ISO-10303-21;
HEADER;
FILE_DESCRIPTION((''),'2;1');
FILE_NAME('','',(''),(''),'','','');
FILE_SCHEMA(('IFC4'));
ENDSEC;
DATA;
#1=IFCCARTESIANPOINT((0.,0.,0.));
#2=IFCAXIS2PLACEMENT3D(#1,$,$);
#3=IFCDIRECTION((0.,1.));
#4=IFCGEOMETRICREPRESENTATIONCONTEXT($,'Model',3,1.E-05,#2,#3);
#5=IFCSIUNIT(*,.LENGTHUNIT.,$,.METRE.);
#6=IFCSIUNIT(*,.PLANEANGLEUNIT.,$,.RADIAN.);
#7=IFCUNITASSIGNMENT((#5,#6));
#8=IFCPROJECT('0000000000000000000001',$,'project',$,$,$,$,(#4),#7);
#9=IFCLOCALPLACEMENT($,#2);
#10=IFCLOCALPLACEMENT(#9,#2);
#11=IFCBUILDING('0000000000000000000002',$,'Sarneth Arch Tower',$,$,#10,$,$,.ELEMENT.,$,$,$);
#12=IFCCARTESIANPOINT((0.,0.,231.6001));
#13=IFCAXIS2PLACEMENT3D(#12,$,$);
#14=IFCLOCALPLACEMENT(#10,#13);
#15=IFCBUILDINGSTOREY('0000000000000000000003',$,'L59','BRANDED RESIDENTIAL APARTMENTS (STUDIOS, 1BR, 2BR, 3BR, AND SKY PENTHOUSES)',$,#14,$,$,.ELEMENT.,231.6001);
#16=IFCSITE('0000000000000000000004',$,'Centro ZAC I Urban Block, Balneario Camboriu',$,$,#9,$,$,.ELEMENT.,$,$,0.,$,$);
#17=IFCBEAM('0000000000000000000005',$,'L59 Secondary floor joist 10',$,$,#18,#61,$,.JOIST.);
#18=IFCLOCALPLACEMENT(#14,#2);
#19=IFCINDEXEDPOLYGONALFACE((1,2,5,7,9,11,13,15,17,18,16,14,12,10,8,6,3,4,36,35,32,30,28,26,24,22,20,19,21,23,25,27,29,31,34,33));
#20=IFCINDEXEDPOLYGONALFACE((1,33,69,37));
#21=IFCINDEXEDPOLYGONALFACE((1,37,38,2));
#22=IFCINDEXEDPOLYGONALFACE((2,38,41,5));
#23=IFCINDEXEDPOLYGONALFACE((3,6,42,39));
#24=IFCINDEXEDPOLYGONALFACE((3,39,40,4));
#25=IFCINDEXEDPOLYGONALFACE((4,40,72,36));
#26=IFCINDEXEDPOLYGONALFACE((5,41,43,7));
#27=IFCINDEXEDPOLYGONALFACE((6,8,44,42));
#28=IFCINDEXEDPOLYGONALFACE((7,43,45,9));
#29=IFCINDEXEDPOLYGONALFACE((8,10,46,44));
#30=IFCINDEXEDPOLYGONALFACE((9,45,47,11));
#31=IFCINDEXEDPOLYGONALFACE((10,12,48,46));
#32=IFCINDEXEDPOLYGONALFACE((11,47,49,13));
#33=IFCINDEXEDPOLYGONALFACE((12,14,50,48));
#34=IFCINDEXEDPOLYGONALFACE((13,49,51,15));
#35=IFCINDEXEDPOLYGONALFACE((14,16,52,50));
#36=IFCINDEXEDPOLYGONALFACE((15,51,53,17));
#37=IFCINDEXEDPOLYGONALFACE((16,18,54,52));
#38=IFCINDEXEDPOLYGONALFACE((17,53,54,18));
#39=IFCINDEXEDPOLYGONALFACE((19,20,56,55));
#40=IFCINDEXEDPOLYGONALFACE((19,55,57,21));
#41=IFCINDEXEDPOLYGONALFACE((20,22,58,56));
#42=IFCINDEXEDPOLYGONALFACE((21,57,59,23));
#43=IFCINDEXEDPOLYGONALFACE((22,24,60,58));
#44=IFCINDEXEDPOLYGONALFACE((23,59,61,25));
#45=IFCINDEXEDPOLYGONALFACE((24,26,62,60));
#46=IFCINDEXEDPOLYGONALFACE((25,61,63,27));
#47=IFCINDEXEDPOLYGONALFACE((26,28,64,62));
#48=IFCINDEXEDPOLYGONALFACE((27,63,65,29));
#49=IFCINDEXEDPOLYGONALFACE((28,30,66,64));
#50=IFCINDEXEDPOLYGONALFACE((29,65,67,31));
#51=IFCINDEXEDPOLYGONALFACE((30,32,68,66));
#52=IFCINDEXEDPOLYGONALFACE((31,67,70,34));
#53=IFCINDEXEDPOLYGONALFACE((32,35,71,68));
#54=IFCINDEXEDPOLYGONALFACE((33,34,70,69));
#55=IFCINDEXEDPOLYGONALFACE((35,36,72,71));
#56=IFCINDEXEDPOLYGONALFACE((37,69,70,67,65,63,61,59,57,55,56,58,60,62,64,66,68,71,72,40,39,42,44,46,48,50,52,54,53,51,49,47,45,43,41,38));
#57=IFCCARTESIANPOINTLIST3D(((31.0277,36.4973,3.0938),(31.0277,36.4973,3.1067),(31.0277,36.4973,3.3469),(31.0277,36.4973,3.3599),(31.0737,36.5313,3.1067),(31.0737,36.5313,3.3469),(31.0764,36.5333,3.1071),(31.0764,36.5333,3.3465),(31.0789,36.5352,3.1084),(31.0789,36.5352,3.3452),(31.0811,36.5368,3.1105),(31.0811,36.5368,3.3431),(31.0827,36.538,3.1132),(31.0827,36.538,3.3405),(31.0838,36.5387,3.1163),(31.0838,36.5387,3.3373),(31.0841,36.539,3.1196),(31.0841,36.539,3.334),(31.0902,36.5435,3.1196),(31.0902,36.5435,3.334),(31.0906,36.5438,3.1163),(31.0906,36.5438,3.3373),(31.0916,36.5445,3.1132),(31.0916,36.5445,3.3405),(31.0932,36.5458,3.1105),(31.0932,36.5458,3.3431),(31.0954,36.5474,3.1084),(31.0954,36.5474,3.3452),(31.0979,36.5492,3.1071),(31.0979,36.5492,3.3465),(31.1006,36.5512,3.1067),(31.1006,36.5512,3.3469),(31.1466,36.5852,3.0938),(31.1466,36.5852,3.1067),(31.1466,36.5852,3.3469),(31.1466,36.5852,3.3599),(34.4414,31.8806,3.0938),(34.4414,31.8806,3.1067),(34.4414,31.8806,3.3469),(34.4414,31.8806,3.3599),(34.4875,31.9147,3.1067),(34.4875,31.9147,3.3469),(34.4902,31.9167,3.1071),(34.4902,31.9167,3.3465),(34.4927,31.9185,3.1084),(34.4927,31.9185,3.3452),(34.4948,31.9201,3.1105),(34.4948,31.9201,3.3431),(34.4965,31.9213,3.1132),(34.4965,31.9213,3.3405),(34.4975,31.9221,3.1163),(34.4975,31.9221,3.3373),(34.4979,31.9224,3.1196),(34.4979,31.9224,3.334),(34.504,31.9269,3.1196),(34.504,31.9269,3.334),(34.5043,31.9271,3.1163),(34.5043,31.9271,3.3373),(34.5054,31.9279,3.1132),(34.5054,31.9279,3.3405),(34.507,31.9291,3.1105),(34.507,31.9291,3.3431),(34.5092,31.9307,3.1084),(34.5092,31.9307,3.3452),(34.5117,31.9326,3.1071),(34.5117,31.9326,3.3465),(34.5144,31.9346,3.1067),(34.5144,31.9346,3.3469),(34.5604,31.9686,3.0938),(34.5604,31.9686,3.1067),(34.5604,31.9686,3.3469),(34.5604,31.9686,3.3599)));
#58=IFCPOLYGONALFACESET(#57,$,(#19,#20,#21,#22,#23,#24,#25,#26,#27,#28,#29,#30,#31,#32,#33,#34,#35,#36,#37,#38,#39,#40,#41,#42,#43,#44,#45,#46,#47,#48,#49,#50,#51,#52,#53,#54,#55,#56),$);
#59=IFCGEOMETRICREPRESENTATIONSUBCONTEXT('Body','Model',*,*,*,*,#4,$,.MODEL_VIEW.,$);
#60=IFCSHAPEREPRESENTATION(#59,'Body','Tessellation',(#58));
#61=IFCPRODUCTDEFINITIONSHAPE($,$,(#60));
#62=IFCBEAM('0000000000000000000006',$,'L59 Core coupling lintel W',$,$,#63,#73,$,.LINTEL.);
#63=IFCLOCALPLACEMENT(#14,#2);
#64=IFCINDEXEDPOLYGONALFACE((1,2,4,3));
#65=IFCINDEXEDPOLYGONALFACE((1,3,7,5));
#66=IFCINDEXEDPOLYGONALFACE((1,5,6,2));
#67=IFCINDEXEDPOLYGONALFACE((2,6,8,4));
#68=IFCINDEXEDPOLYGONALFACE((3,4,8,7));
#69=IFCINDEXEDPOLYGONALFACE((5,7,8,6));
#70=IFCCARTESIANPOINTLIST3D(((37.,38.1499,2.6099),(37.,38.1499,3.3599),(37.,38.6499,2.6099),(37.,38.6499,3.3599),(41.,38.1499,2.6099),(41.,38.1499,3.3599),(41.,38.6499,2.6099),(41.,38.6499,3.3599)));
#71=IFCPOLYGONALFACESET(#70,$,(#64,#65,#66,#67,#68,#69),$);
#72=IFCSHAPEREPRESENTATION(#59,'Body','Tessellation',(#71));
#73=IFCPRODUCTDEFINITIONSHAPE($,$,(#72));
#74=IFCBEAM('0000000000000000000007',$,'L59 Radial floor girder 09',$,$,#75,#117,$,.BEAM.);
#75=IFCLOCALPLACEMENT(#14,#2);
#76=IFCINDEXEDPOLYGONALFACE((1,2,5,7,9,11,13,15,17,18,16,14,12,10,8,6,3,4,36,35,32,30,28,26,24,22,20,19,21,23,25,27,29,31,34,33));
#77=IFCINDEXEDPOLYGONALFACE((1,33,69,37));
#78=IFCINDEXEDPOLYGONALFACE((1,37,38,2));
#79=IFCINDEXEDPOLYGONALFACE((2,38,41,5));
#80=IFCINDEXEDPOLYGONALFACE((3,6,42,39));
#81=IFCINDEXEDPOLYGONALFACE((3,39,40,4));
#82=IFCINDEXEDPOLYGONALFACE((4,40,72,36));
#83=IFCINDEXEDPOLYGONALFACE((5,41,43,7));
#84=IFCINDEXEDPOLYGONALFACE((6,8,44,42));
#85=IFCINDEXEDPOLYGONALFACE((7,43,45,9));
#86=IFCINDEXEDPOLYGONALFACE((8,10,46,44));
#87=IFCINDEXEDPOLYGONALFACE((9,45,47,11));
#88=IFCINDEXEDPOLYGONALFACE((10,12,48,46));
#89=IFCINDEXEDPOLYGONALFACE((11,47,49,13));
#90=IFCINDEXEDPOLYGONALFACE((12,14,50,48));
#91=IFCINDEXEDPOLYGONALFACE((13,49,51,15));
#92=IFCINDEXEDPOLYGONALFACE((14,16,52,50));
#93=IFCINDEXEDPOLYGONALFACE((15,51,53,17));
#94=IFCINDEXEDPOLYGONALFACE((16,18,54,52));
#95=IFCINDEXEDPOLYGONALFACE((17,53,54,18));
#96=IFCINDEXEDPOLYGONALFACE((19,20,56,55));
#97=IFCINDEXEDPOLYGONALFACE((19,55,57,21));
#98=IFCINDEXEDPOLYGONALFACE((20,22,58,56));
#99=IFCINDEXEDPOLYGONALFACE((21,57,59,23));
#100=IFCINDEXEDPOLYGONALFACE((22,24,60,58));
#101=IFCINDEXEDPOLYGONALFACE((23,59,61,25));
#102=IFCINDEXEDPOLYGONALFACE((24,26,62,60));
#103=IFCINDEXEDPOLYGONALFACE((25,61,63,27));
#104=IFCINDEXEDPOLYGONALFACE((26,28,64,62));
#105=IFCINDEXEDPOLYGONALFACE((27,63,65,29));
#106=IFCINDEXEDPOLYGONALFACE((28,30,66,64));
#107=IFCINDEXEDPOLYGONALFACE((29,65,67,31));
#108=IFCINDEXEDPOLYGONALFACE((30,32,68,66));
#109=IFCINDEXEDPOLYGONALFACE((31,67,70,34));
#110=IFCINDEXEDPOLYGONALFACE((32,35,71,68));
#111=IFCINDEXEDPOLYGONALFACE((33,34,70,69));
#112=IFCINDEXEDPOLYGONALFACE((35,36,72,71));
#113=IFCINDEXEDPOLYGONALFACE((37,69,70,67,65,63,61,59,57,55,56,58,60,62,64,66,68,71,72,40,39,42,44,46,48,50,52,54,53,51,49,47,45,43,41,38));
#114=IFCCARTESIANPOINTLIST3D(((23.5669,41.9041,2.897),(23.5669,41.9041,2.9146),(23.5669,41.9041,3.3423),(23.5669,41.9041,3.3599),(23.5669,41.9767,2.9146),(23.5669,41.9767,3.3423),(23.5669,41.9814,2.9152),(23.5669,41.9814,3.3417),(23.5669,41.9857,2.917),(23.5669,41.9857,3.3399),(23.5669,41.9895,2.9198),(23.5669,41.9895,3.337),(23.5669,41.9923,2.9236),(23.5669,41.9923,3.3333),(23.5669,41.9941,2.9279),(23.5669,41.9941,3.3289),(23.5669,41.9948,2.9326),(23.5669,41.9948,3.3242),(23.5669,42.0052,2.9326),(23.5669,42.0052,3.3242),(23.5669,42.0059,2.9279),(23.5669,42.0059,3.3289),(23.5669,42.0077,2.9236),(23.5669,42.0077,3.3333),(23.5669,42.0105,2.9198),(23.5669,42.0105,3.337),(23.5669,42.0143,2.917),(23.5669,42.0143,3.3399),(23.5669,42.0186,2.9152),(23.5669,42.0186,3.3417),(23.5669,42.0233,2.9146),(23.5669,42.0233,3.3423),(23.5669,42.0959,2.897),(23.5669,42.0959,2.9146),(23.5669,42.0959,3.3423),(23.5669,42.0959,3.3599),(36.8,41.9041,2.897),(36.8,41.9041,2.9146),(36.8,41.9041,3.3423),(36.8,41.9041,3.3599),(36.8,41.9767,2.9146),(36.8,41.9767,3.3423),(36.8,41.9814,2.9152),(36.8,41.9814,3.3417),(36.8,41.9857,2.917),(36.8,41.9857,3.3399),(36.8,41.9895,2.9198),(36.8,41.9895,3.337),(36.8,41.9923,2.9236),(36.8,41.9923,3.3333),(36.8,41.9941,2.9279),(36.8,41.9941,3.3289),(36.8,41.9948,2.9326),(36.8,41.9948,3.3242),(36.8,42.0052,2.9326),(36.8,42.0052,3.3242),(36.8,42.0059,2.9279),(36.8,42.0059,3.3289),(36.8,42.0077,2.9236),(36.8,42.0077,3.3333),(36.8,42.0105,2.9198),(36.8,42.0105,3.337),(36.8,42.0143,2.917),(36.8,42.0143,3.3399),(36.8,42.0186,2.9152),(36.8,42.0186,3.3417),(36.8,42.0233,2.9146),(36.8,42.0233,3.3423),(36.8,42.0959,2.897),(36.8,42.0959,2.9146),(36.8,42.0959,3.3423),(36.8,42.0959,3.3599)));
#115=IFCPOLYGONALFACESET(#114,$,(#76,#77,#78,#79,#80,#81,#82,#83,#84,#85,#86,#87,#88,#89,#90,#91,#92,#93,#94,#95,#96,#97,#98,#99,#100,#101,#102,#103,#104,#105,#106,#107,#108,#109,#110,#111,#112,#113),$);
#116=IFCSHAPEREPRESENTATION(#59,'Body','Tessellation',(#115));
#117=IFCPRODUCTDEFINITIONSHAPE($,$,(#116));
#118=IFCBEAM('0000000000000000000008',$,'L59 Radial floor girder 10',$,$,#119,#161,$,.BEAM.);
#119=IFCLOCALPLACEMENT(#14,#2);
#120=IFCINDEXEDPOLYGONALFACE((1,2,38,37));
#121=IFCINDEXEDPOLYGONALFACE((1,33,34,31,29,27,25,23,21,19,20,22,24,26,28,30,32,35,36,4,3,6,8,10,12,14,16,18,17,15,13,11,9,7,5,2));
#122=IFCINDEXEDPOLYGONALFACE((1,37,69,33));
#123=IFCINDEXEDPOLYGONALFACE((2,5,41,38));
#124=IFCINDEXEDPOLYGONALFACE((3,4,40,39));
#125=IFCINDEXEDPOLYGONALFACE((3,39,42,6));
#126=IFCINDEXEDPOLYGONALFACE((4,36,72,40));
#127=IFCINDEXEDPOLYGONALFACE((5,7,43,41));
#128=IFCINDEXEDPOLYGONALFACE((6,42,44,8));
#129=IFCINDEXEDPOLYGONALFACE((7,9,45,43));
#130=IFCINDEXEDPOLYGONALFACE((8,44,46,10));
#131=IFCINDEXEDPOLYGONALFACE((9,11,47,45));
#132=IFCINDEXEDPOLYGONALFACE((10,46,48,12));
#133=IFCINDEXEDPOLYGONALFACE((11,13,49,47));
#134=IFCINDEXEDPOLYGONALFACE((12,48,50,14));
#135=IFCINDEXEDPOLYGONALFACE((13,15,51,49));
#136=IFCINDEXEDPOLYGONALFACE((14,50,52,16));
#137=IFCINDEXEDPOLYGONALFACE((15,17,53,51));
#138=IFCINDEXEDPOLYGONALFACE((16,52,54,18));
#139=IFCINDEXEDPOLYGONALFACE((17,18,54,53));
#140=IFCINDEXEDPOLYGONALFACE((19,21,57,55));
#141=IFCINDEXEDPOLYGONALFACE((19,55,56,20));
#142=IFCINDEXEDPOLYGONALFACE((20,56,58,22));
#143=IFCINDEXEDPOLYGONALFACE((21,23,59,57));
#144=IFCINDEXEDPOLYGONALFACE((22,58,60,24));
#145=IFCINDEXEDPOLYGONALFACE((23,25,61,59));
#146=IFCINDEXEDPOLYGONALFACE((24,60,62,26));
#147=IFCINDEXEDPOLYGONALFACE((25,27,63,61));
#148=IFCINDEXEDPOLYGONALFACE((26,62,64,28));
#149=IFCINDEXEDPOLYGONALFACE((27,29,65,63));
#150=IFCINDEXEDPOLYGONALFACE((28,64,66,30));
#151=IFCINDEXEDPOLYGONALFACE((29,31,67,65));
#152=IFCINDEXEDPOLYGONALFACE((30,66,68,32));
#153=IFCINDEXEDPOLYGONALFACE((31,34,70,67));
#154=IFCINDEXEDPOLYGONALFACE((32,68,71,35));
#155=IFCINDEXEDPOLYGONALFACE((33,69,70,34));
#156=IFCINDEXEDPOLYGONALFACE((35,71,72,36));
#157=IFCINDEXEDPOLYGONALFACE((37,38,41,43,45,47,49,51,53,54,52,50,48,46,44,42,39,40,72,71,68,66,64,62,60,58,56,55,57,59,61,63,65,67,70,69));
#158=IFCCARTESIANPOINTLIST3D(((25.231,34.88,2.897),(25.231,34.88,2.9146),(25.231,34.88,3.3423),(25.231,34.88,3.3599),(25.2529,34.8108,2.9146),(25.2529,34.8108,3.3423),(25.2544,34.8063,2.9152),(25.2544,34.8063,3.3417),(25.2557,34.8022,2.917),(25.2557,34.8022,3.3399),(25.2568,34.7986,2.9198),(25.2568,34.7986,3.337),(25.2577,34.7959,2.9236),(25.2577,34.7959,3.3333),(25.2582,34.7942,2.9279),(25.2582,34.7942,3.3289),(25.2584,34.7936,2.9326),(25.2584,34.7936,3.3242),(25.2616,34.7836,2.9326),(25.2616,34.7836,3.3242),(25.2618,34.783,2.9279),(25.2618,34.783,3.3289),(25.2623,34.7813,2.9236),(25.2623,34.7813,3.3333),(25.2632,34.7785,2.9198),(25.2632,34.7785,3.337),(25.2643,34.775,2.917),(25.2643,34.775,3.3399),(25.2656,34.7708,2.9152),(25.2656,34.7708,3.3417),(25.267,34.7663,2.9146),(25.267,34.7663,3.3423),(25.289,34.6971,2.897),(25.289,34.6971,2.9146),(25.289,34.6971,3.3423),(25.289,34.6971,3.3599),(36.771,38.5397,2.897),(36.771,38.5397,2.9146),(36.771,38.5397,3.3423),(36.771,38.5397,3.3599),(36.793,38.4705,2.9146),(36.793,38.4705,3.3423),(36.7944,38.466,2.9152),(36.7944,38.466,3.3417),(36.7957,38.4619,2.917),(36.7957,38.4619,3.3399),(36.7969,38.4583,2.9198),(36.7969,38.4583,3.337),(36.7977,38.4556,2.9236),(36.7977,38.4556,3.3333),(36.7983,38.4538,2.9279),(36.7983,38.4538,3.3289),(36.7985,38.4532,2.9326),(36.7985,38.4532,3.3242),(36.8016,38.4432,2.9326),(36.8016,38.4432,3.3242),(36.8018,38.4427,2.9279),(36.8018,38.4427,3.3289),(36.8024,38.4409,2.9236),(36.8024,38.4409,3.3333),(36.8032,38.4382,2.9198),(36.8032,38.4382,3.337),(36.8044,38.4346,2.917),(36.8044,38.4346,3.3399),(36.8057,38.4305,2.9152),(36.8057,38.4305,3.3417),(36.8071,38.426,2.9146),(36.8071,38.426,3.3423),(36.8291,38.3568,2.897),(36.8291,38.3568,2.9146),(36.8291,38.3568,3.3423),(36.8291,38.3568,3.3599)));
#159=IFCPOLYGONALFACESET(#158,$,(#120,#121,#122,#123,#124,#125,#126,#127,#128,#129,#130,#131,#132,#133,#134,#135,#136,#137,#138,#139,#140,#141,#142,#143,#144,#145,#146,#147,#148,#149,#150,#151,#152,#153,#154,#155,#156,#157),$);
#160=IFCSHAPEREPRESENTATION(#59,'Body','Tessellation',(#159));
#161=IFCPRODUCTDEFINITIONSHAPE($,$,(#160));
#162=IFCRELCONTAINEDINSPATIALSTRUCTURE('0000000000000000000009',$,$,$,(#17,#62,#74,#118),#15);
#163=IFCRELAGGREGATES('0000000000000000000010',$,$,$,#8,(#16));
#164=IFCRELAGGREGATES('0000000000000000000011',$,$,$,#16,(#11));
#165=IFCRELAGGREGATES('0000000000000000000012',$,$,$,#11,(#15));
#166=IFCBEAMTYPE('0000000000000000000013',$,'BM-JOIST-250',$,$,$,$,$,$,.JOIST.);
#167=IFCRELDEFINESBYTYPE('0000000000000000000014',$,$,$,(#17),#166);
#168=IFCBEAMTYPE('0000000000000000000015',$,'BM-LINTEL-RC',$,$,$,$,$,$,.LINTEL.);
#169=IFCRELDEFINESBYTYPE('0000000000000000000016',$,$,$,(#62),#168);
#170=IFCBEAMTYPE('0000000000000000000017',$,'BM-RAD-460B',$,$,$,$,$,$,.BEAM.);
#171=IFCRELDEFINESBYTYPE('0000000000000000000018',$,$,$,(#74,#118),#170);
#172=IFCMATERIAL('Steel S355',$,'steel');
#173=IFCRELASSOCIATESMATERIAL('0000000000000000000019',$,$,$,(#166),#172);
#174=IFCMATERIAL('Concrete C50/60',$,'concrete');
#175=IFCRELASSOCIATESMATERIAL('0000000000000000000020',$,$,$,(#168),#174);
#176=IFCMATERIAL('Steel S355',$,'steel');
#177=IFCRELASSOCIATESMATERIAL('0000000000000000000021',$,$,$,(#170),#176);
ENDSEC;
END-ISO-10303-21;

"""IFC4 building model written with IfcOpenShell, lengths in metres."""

from ifc_helpers import new_model, si_unit, direction, frame, origin, origin_2d, place, context, subcontext, project, spatial, rectangle, i_section, extrude, material, material_profile, profile_set, type_object, element, save


model = new_model("IFC4")

# Units and contexts
model_context = context("Model", 3, precision=1e-05, world=origin(), true_north=direction((0.0, 1.0)))
body_context = subcontext(model_context, "Body", "Model", "MODEL_VIEW")
ifc_project = project(units=[si_unit("LENGTHUNIT", "METRE"), si_unit("PLANEANGLEUNIT", "RADIAN")], contexts=[model_context])

# Site, building, storey
site_placement = place(None, origin())
site = spatial("IfcSite", under=ifc_project, at=site_placement, Name="Centro ZAC I Urban Block, Balneario Camboriu", CompositionType="ELEMENT", RefElevation=0.0)
building_placement = place(site_placement, origin())
building = spatial("IfcBuilding", under=site, at=building_placement, Name="Sarneth Arch Tower", CompositionType="ELEMENT")
storey_placement = place(building_placement, frame((0.0, 0.0, 231.6001)))
storey = spatial("IfcBuildingStorey", under=building, at=storey_placement, Name="L59", Description="BRANDED RESIDENTIAL APARTMENTS (STUDIOS, 1BR, 2BR, 3BR, AND SKY PENTHOUSES)", CompositionType="ELEMENT", Elevation=231.6001)

# Beams
ifc_material_1 = material(Name="Steel S355", Category="steel")
ifc_material_profile_1 = material_profile(ifc_material_1, i_section(OverallWidth=0.1479, OverallDepth=0.2661, WebThickness=0.0076, FlangeThickness=0.0129, FilletRadius=0.0129, at=origin_2d()), Name="W250x44.8")
ifc_profile_set_1 = profile_set([ifc_material_profile_1], Name="Steel S355")
beam_type_1 = type_object("IfcBeamType", Name="BM-JOIST-250", PredefinedType="JOIST", material=ifc_profile_set_1)
beam_1_placement = place(storey_placement, frame((31.0872, 36.5413, 3.2268), z_axis=(0.594557, -0.804053, 0.0), x_axis=(0.804053, 0.594557, 0.0)))
element("IfcBeam", 1, at=beam_1_placement, inside=storey, type_object=beam_type_1, Name="L59 Secondary floor joist 10", PredefinedType="JOIST", context=body_context, shape_type="SweptSolid", body=[
    extrude(i_section(OverallWidth=0.1479, OverallDepth=0.2661, WebThickness=0.0076, FlangeThickness=0.0129, FilletRadius=0.0129, at=origin_2d()), origin(), (0.0, 0.0, 1.0), 5.7417),
])
ifc_material_2 = material(Name="Concrete C50/60", Category="concrete")
ifc_material_profile_2 = material_profile(ifc_material_2, rectangle(XDim=0.5, YDim=0.75, at=origin_2d()), Name="RC-500x750")
ifc_profile_set_2 = profile_set([ifc_material_profile_2], Name="Concrete C50/60")
beam_type_2 = type_object("IfcBeamType", Name="BM-LINTEL-RC", PredefinedType="LINTEL", material=ifc_profile_set_2)
beam_2_placement = place(storey_placement, frame((37.0, 38.3999, 2.9849), z_axis=(1.0, 0.0, 0.0), x_axis=(0.0, 1.0, 0.0)))
element("IfcBeam", 2, at=beam_2_placement, inside=storey, type_object=beam_type_2, Name="L59 Core coupling lintel W", PredefinedType="LINTEL", context=body_context, shape_type="SweptSolid", body=[
    extrude(rectangle(XDim=0.5, YDim=0.75, at=origin_2d()), origin(), (0.0, 0.0, 1.0), 4.0),
])
ifc_material_3 = material(Name="Steel S355", Category="steel")
ifc_material_profile_3 = material_profile(ifc_material_3, i_section(OverallWidth=0.1919, OverallDepth=0.4629, WebThickness=0.0105, FlangeThickness=0.0176, FilletRadius=0.0181, at=origin_2d()), Name="W460x89")
ifc_profile_set_3 = profile_set([ifc_material_profile_3], Name="Steel S355")
beam_type_3 = type_object("IfcBeamType", Name="BM-RAD-460B", PredefinedType="BEAM", material=ifc_profile_set_3)
beam_3_placement = place(storey_placement, frame((36.8, 42.0, 3.1284), z_axis=(-1.0, 0.0, 0.0), x_axis=(0.0, -1.0, 0.0)))
element("IfcBeam", 3, at=beam_3_placement, inside=storey, type_object=beam_type_3, Name="L59 Radial floor girder 09", PredefinedType="BEAM", context=body_context, shape_type="SweptSolid", body=[
    extrude(i_section(OverallWidth=0.1919, OverallDepth=0.4629, WebThickness=0.0105, FlangeThickness=0.0176, FilletRadius=0.0181, at=origin_2d()), origin(), (0.0, 0.0, 1.0), 13.2332),
])
beam_4_placement = place(storey_placement, frame((36.8, 38.4482, 3.1284), z_axis=(-0.953216, -0.302291, 0.0), x_axis=(0.302291, -0.953216, 0.0)))
element("IfcBeam", 4, at=beam_4_placement, inside=storey, type_object=beam_type_3, Name="L59 Radial floor girder 10", PredefinedType="BEAM", context=body_context, shape_type="SweptSolid", body=[
    extrude(i_section(OverallWidth=0.1919, OverallDepth=0.4629, WebThickness=0.0105, FlangeThickness=0.0176, FilletRadius=0.0181, at=origin_2d()), origin(), (0.0, 0.0, 1.0), 12.1064),
])

save(model, "model.ifc")
